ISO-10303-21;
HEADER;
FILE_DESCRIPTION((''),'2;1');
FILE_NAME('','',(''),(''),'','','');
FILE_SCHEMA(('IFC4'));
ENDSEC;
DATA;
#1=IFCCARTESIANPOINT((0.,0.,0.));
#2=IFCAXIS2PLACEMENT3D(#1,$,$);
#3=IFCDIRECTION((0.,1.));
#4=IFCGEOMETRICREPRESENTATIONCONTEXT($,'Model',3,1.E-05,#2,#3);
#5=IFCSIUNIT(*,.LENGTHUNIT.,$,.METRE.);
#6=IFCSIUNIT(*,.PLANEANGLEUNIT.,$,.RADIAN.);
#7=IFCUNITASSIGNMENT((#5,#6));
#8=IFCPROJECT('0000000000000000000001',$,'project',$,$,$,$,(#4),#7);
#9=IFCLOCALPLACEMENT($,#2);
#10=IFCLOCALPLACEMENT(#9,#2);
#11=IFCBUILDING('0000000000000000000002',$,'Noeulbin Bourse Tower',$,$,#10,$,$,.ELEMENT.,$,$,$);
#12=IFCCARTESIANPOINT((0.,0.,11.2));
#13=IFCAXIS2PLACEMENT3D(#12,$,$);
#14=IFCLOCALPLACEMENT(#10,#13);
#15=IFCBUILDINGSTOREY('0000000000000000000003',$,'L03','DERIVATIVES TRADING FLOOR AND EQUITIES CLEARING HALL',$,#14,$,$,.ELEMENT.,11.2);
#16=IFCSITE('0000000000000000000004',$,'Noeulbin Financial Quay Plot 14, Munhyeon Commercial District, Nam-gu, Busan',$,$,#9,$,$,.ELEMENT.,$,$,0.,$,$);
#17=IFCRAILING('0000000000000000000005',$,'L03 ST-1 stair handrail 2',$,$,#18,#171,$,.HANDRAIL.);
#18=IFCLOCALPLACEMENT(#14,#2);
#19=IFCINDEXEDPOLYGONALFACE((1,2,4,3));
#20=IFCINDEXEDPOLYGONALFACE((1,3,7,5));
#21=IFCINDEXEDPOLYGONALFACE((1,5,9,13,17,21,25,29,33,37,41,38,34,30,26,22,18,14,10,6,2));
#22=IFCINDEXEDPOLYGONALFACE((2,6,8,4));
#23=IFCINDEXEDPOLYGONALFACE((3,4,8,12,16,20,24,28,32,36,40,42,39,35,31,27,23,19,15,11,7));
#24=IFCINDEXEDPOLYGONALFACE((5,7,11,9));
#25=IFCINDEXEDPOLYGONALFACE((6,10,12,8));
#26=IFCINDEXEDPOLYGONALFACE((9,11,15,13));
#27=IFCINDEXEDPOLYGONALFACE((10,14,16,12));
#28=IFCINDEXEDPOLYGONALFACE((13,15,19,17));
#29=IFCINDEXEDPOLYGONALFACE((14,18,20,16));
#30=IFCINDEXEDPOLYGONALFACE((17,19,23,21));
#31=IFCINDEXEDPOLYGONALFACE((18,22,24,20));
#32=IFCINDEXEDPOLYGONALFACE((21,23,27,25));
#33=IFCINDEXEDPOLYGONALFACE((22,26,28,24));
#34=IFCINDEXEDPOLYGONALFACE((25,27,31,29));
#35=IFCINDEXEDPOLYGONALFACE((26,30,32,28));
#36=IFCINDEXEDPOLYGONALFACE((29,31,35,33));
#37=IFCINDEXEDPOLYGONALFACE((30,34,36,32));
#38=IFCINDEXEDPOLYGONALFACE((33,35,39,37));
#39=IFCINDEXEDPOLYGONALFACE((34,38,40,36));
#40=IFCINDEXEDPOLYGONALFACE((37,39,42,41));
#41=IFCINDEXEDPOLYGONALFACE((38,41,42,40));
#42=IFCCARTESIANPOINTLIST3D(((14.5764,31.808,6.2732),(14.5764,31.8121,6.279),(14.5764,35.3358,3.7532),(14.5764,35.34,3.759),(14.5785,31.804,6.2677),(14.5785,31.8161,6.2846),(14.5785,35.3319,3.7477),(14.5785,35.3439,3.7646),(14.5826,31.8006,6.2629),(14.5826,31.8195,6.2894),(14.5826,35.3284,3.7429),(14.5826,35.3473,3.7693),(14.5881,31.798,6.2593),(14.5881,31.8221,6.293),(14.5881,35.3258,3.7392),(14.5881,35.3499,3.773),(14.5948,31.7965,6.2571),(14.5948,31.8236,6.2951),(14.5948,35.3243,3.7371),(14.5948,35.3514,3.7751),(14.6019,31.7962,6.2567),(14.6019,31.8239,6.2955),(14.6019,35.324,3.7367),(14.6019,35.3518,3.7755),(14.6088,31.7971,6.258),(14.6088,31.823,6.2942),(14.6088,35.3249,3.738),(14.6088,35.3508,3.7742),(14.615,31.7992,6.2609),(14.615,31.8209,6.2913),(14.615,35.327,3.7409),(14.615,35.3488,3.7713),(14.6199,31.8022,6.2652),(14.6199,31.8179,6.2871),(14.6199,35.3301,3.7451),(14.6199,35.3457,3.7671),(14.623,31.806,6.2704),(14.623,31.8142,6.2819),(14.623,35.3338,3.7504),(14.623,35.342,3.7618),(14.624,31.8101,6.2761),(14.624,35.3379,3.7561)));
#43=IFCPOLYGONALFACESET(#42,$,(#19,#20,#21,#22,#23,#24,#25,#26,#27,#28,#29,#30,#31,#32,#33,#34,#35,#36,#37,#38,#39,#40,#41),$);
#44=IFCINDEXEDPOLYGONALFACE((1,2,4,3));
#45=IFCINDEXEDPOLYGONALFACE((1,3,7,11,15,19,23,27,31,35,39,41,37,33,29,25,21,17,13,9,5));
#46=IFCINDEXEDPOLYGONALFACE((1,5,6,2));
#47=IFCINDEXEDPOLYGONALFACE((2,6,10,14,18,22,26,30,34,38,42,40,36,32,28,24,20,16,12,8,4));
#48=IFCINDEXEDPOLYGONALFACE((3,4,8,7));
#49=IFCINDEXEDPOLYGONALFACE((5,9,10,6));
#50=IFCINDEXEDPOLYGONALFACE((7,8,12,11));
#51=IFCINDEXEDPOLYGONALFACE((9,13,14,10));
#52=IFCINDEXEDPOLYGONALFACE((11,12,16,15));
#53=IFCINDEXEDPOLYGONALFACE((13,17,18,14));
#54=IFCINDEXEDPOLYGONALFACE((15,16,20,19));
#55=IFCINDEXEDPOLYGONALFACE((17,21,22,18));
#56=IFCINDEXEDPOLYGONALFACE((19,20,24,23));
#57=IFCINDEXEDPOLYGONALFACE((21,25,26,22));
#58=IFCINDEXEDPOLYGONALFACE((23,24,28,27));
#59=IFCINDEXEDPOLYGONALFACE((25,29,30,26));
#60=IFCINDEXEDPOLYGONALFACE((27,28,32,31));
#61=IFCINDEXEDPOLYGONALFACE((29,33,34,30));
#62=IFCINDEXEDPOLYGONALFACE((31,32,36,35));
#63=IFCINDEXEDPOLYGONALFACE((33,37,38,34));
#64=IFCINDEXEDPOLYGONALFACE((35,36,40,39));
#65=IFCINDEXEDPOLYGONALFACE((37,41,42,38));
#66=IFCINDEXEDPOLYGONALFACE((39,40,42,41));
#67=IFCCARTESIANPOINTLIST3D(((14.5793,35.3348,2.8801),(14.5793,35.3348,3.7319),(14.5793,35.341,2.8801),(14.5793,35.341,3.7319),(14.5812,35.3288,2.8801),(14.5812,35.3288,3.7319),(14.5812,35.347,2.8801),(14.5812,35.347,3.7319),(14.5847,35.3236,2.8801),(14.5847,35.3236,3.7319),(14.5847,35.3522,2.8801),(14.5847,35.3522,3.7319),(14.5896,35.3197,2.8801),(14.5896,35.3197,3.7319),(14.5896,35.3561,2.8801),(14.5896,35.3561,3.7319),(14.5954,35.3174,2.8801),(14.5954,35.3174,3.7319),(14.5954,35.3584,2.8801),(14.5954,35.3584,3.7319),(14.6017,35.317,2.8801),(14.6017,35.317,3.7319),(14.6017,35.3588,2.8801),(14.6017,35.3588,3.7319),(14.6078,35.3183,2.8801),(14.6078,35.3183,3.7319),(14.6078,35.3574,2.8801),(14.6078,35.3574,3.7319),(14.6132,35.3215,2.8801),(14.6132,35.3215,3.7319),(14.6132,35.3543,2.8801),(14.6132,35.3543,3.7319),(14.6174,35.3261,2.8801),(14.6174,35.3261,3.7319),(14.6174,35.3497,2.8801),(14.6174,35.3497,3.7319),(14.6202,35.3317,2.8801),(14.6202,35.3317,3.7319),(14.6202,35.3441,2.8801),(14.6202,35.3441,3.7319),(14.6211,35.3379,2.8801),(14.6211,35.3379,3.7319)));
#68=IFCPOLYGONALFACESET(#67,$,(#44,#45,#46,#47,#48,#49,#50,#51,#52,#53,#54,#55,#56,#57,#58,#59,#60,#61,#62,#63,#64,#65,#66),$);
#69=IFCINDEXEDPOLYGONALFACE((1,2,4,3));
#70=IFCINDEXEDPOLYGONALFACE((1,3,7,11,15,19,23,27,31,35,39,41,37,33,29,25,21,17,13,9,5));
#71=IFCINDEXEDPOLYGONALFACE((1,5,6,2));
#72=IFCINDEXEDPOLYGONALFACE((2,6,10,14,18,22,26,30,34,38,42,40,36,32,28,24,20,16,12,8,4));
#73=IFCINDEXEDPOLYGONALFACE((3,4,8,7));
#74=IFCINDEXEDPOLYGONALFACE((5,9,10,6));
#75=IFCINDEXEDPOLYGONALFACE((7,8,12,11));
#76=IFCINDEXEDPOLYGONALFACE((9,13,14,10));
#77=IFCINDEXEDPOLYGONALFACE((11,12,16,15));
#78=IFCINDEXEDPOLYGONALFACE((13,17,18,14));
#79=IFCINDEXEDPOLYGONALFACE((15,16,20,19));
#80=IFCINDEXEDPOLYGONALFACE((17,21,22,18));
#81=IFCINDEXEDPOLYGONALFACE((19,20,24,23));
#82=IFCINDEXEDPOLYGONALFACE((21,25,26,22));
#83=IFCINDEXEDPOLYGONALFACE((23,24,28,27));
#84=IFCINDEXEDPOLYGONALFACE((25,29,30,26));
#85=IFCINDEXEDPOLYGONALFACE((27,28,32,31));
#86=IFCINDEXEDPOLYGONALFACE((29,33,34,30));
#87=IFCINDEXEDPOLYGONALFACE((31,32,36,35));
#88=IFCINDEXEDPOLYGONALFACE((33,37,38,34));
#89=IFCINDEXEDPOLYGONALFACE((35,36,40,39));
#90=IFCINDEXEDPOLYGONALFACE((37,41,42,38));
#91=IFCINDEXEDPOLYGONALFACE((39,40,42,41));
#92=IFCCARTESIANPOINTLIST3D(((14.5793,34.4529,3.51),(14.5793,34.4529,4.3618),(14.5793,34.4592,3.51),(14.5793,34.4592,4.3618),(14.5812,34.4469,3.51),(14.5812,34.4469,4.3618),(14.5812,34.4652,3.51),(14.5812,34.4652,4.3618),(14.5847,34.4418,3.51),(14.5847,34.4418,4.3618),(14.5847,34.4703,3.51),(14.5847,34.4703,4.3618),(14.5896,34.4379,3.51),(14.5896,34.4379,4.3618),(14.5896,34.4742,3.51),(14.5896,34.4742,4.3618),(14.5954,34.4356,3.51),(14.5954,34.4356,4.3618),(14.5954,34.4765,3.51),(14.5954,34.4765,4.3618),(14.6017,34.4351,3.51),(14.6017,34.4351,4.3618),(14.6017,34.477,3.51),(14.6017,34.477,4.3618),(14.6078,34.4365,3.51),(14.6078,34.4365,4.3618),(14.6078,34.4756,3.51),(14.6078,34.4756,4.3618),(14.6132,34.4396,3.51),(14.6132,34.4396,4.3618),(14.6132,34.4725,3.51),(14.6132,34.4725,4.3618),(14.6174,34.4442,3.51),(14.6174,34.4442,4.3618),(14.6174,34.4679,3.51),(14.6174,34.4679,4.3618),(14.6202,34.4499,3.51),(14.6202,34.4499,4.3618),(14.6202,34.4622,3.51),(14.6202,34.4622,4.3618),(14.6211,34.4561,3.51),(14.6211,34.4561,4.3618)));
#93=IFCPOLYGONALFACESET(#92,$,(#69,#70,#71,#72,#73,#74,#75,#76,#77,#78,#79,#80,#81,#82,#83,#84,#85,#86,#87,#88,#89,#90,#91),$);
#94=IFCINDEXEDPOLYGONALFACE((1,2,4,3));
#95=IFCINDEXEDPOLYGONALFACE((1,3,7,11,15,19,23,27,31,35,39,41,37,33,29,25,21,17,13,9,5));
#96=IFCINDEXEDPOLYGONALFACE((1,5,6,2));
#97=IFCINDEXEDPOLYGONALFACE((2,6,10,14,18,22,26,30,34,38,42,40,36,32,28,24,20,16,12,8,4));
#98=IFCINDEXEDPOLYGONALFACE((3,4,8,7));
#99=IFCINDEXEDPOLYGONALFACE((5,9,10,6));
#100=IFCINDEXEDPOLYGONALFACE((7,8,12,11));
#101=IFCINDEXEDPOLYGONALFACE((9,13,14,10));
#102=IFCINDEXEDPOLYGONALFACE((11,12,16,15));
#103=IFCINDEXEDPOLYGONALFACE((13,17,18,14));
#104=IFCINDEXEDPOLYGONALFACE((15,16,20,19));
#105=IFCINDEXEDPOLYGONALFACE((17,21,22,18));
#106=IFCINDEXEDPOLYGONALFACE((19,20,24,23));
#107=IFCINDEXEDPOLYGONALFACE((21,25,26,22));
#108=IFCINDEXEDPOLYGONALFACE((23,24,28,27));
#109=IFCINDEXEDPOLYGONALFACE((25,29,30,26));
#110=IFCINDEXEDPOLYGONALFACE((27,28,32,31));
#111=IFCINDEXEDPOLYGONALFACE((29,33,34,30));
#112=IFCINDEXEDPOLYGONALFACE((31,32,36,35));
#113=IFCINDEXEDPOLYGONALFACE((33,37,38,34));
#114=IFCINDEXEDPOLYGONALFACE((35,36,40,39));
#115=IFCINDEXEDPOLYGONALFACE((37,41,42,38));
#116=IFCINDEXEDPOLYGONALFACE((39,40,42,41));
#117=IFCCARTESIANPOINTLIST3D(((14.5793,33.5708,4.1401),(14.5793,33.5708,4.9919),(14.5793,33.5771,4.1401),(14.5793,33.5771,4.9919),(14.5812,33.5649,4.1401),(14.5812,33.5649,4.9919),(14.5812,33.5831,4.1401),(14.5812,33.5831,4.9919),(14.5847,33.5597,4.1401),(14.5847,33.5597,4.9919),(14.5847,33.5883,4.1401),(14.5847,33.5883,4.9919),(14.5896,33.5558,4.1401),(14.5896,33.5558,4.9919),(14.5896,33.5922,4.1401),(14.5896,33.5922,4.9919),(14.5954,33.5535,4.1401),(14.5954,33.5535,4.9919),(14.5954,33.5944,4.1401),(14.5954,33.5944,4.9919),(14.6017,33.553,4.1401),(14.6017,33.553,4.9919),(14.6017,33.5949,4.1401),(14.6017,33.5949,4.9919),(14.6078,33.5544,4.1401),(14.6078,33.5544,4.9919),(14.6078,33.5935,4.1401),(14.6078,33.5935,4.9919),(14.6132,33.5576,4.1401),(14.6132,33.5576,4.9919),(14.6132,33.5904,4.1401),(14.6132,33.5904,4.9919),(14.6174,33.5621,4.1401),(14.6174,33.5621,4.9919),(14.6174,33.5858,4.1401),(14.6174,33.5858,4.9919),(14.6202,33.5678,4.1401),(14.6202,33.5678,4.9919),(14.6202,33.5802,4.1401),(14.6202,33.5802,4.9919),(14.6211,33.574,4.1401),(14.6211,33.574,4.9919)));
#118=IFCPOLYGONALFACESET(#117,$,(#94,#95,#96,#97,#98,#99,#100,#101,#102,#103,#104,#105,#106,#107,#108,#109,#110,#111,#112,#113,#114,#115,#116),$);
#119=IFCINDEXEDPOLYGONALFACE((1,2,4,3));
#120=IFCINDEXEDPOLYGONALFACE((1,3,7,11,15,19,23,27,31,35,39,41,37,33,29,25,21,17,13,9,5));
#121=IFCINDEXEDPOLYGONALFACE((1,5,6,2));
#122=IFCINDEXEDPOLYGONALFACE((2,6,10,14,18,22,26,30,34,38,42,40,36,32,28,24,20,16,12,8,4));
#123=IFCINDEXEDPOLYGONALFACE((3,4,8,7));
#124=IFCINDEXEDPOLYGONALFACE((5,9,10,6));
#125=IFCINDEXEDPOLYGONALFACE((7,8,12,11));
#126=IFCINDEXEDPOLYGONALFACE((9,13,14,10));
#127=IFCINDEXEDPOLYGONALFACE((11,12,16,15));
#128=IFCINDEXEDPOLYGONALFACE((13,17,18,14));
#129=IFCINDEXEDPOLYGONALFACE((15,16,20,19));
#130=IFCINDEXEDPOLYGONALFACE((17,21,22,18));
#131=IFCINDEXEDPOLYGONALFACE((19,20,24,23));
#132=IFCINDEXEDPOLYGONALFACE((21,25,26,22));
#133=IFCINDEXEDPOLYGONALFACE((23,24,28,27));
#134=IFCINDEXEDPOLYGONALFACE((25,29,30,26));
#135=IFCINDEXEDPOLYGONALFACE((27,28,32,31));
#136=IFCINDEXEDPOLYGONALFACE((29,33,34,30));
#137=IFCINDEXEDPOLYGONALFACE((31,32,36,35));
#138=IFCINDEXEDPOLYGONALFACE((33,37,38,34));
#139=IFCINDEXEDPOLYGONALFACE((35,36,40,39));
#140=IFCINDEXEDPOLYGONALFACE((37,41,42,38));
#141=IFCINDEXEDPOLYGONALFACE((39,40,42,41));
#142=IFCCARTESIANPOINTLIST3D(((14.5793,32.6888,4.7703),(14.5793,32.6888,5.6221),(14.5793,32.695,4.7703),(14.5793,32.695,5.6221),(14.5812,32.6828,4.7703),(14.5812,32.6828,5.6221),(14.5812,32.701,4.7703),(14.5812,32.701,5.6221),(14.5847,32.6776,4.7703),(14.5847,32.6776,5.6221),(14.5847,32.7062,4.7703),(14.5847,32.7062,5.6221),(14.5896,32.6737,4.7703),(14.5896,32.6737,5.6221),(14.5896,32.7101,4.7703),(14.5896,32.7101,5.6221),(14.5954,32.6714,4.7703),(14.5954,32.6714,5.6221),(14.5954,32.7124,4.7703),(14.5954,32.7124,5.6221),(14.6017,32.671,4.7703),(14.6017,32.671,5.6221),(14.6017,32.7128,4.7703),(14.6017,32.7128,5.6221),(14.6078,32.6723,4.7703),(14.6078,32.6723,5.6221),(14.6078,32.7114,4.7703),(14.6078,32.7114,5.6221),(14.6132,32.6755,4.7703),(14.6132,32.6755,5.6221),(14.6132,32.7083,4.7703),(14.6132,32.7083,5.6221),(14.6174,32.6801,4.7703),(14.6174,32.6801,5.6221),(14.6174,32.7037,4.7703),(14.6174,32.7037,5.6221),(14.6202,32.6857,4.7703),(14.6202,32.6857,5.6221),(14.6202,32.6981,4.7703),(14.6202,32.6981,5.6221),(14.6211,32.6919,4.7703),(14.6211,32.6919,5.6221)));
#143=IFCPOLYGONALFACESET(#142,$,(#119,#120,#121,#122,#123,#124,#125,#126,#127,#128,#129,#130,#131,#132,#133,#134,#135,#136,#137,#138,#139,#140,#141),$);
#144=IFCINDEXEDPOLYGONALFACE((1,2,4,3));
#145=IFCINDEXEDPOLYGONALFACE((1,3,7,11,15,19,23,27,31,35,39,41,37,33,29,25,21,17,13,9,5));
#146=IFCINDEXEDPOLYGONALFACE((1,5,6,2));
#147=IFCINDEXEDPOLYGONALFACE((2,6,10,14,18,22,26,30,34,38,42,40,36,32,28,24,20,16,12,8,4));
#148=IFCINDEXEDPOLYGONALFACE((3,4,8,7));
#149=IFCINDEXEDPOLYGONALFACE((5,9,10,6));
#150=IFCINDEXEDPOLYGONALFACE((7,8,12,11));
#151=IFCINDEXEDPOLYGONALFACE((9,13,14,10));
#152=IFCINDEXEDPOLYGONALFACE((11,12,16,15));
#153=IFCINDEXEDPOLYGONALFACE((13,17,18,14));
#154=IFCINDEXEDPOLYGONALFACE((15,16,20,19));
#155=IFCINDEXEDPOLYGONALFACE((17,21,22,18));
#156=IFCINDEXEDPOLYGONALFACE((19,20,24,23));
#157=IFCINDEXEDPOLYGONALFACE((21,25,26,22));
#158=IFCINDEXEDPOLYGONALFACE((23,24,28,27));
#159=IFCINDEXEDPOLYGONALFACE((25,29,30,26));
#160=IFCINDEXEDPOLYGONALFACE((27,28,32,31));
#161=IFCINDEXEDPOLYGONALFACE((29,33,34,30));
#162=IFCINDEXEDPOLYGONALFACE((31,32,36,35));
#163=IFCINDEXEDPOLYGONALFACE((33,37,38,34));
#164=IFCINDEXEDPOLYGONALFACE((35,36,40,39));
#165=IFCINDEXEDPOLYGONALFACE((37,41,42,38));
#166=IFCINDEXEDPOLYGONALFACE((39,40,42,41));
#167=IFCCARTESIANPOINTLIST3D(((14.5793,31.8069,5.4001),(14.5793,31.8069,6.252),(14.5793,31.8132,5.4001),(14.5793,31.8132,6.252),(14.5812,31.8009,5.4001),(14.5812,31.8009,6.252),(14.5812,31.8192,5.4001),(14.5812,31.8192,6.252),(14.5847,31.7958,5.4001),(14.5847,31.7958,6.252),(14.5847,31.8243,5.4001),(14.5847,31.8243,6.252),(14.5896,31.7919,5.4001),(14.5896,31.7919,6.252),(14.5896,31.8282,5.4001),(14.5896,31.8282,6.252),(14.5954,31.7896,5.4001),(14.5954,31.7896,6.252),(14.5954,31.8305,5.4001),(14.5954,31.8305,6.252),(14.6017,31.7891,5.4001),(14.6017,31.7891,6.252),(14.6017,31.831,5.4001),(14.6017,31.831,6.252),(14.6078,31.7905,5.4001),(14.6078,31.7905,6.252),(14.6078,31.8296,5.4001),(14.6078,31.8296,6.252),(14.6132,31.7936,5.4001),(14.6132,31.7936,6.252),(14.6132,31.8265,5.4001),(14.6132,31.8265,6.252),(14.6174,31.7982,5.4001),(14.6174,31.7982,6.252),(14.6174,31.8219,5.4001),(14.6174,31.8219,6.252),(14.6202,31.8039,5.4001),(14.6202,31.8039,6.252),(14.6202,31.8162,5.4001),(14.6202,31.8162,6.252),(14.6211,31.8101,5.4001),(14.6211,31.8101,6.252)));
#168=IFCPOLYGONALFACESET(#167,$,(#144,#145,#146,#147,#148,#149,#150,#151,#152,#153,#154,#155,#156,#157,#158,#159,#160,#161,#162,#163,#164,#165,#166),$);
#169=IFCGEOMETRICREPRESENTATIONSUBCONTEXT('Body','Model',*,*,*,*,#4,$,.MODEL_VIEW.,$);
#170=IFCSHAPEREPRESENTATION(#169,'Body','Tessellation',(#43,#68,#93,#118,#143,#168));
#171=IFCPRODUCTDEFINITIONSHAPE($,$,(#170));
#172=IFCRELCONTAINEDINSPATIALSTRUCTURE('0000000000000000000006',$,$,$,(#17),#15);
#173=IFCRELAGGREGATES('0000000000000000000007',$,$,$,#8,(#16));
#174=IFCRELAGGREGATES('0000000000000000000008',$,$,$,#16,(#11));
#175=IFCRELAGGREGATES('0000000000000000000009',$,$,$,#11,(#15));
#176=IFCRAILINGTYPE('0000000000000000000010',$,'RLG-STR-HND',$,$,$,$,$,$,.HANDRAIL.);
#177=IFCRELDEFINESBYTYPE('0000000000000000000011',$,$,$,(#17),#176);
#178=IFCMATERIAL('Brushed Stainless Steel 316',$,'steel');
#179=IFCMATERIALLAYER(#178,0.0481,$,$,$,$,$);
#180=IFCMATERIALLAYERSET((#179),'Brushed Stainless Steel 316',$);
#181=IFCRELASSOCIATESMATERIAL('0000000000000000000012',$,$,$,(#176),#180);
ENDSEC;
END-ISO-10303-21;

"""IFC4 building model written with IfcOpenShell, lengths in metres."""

from ifc_helpers import new_model, si_unit, direction, frame, origin, origin_2d, place, context, subcontext, project, spatial, circle, extrude, material, layer, layer_set, type_object, element, save


model = new_model("IFC4")

# Units and contexts
model_context = context("Model", 3, precision=1e-05, world=origin(), true_north=direction((0.0, 1.0)))
body_context = subcontext(model_context, "Body", "Model", "MODEL_VIEW")
ifc_project = project(units=[si_unit("LENGTHUNIT", "METRE"), si_unit("PLANEANGLEUNIT", "RADIAN")], contexts=[model_context])

# Site, building, storey
site_placement = place(None, origin())
site = spatial("IfcSite", under=ifc_project, at=site_placement, Name="Noeulbin Financial Quay Plot 14, Munhyeon Commercial District, Nam-gu, Busan", CompositionType="ELEMENT", RefElevation=0.0)
building_placement = place(site_placement, origin())
building = spatial("IfcBuilding", under=site, at=building_placement, Name="Noeulbin Bourse Tower", CompositionType="ELEMENT")
storey_placement = place(building_placement, frame((0.0, 0.0, 11.2)))
storey = spatial("IfcBuildingStorey", under=building, at=storey_placement, Name="L03", Description="DERIVATIVES TRADING FLOOR AND EQUITIES CLEARING HALL", CompositionType="ELEMENT", Elevation=11.2)

# Railing
ifc_material_1 = material(Name="Brushed Stainless Steel 316", Category="steel")
ifc_layer_1 = layer(ifc_material_1, 0.0481)
ifc_layer_set_1 = layer_set([ifc_layer_1], Name="Brushed Stainless Steel 316")
railing_type_1 = type_object("IfcRailingType", Name="RLG-STR-HND", PredefinedType="HANDRAIL", material=ifc_layer_set_1)
railing_1_placement = place(storey_placement, frame((14.6001, 35.3379, 2.8801)))
element("IfcRailing", 1, at=railing_1_placement, inside=storey, type_object=railing_type_1, Name="L03 ST-1 stair handrail 2", PredefinedType="HANDRAIL", context=body_context, shape_type="SweptSolid", body=[
    extrude(circle(Radius=0.0239, at=origin_2d()), frame((0.0, 0.0, 0.876), z_axis=(0.0, -0.813718, 0.58126), x_axis=(1.0, 0.0, 0.0)), (0.0, 0.0, 1.0), 4.3354),
    extrude(circle(Radius=0.021, at=origin_2d()), origin(), (0.0, 0.0, 1.0), 0.8518),
    extrude(circle(Radius=0.021, at=origin_2d()), frame((0.0, -0.8818, 0.6299)), (0.0, 0.0, 1.0), 0.8518),
    extrude(circle(Radius=0.021, at=origin_2d()), frame((0.0, -1.7639, 1.26)), (0.0, 0.0, 1.0), 0.8518),
    extrude(circle(Radius=0.021, at=origin_2d()), frame((0.0, -2.646, 1.8901)), (0.0, 0.0, 1.0), 0.8518),
    extrude(circle(Radius=0.021, at=origin_2d()), frame((0.0, -3.5278, 2.52)), (0.0, 0.0, 1.0), 0.8518),
])

save(model, "model.ifc")
